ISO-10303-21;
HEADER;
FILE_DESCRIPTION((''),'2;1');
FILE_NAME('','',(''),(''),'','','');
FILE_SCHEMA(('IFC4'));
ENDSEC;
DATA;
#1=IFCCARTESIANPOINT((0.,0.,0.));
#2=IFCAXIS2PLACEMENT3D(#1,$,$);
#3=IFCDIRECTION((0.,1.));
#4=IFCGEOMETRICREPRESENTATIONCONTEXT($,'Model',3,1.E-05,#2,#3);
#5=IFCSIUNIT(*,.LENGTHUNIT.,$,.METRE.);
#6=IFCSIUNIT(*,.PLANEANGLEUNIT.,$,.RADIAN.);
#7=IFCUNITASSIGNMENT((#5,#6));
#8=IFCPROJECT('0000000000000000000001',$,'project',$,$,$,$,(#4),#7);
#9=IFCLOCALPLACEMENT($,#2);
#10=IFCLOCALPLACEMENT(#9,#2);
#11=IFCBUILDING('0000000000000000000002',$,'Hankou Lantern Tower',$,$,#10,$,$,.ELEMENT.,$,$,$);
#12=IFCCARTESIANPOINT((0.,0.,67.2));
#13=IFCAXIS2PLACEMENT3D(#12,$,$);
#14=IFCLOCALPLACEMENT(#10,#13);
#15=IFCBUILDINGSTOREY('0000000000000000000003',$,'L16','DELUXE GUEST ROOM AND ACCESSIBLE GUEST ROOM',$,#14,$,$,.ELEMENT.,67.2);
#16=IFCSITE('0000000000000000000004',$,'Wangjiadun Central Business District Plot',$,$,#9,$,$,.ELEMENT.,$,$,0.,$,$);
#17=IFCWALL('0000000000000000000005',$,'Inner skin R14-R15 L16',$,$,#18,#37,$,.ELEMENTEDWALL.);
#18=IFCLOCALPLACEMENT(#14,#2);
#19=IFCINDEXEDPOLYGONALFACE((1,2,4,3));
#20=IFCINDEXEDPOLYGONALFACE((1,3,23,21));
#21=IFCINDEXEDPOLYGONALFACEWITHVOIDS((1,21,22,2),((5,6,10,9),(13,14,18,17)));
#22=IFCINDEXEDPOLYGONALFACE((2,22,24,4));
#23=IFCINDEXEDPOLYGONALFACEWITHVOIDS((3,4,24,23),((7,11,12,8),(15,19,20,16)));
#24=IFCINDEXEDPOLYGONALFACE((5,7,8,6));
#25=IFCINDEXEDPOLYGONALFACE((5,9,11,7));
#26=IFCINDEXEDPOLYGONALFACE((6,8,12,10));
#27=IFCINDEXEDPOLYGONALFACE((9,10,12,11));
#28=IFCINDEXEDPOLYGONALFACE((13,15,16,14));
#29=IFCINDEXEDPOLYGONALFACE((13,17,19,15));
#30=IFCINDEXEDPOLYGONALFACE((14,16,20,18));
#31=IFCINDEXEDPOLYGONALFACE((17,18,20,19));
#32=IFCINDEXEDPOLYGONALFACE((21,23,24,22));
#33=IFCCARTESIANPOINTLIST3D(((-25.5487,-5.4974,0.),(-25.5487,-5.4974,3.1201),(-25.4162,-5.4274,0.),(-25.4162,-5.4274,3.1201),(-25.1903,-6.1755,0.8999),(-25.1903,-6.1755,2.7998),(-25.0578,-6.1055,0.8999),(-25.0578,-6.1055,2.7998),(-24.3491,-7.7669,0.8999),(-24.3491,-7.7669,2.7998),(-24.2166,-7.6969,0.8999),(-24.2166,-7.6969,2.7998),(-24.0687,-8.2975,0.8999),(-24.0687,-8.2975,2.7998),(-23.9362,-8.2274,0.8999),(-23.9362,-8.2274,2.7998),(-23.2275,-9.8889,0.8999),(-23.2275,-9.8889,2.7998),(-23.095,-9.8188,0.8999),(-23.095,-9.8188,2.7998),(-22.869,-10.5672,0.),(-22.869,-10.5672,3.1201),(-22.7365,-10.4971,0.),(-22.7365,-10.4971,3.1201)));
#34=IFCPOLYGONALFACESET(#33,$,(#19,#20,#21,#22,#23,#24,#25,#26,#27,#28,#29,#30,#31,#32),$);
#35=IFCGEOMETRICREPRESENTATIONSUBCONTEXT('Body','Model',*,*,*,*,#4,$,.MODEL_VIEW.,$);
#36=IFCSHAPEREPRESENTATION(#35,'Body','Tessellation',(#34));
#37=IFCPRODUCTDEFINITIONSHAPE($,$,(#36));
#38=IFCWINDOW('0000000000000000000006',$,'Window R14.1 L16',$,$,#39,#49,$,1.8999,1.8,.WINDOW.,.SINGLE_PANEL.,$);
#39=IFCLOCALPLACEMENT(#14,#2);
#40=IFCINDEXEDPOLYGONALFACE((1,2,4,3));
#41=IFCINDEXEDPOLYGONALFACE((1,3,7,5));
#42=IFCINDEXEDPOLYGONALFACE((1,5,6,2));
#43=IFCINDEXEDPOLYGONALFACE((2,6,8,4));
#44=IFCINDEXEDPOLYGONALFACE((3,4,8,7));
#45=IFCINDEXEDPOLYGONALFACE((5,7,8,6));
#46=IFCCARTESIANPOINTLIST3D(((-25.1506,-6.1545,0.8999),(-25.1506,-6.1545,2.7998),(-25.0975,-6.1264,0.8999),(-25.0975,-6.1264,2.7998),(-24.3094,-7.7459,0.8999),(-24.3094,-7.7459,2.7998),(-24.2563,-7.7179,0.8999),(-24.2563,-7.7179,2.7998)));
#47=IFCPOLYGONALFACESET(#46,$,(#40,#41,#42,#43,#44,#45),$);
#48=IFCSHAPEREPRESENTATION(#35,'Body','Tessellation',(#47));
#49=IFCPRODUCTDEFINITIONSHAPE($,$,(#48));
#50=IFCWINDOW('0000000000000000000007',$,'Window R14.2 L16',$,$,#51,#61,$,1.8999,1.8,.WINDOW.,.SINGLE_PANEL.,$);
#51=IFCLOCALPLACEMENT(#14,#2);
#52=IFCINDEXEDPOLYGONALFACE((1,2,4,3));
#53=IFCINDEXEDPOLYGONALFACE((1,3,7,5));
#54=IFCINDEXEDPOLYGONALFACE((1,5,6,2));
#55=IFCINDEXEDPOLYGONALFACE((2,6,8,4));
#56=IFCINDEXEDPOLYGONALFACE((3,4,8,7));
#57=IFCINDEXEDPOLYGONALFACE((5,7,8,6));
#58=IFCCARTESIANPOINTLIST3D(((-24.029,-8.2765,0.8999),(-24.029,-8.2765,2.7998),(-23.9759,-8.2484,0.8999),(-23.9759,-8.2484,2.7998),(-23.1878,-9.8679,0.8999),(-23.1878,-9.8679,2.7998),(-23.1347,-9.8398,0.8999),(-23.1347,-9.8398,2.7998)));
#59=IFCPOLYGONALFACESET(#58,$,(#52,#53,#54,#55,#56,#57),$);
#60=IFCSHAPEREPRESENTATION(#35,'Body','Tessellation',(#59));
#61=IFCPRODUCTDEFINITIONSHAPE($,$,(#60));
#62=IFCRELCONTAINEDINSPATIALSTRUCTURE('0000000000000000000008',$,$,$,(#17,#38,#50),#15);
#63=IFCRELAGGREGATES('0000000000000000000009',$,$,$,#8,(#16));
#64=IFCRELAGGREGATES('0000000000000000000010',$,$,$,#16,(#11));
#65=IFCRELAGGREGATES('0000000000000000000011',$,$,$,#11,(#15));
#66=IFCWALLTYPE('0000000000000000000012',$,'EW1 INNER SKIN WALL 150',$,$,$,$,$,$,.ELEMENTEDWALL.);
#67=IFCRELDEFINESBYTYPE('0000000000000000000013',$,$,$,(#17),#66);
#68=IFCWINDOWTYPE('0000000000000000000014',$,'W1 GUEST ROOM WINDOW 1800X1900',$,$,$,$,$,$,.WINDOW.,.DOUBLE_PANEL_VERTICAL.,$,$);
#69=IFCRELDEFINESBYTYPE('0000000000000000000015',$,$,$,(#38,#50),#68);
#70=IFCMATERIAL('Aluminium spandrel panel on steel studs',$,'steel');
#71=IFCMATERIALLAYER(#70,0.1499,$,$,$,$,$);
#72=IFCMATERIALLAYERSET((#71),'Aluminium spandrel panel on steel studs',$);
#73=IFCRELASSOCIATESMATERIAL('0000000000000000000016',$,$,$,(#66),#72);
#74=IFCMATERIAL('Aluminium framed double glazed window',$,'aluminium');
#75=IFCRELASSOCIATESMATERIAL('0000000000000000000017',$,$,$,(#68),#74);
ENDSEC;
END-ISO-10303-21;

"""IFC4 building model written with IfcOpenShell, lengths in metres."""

from ifc_helpers import new_model, si_unit, direction, frame, frame_2d, origin, place, context, subcontext, project, spatial, rectangle, extrude, material, layer, layer_set, type_object, element, fill, save


model = new_model("IFC4")

# Units and contexts
model_context = context("Model", 3, precision=1e-05, world=origin(), true_north=direction((0.0, 1.0)))
body_context = subcontext(model_context, "Body", "Model", "MODEL_VIEW")
ifc_project = project(units=[si_unit("LENGTHUNIT", "METRE"), si_unit("PLANEANGLEUNIT", "RADIAN")], contexts=[model_context])

# Site, building, storey
site_placement = place(None, origin())
site = spatial("IfcSite", under=ifc_project, at=site_placement, Name="Wangjiadun Central Business District Plot", CompositionType="ELEMENT", RefElevation=0.0)
building_placement = place(site_placement, origin())
building = spatial("IfcBuilding", under=site, at=building_placement, Name="Hankou Lantern Tower", CompositionType="ELEMENT")
storey_placement = place(building_placement, frame((0.0, 0.0, 67.2)))
storey = spatial("IfcBuildingStorey", under=building, at=storey_placement, Name="L16", Description="DELUXE GUEST ROOM AND ACCESSIBLE GUEST ROOM", CompositionType="ELEMENT", Elevation=67.2)

# Wall, openings, windows
ifc_material_1 = material(Name="Aluminium spandrel panel on steel studs", Category="steel")
ifc_layer_1 = layer(ifc_material_1, 0.1499)
ifc_layer_set_1 = layer_set([ifc_layer_1], Name="Aluminium spandrel panel on steel studs")
wall_type = type_object("IfcWallType", Name="EW1 INNER SKIN WALL 150", PredefinedType="ELEMENTEDWALL", material=ifc_layer_set_1)
ifc_material_2 = material(Name="Aluminium framed double glazed window", Category="aluminium")
window_type = type_object("IfcWindowType", Name="W1 GUEST ROOM WINDOW 1800X1900", PartitioningType="DOUBLE_PANEL_VERTICAL", PredefinedType="WINDOW", material=ifc_material_2)
wall_1_placement = place(storey_placement, frame((-25.4824, -5.4624, 0.0), z_axis=(0.0, 0.0, 1.0), x_axis=(0.467297, -0.8841, 0.0)))
wall_1 = element("IfcWall", 1, at=wall_1_placement, inside=storey, type_object=wall_type, Name="Inner skin R14-R15 L16", PredefinedType="ELEMENTEDWALL", context=body_context, shape_type="SweptSolid", body=[
    extrude(rectangle(XDim=5.7344, YDim=0.1499, at=frame_2d((2.8672, 0.0))), origin(), (0.0, 0.0, 1.0), 3.1201),
])
opening_1_placement = place(wall_1_placement, frame((0.7671, 0.0, 0.8999)))
opening_1 = element("IfcOpeningElement", 2, at=opening_1_placement, cuts=wall_1, PredefinedType="OPENING", context=body_context, shape_type="SweptSolid", body=[
    extrude(rectangle(XDim=1.8, YDim=1.8999, at=frame_2d((0.8999, 0.95))), frame((0.0, 0.085, 0.0), z_axis=(0.0, -1.0, 0.0), x_axis=(1.0, 0.0, 0.0)), (0.0, 0.0, 1.0), 0.1699),
])
opening_2_placement = place(wall_1_placement, frame((3.1672, 0.0, 0.8999)))
opening_2 = element("IfcOpeningElement", 3, at=opening_2_placement, cuts=wall_1, PredefinedType="OPENING", context=body_context, shape_type="SweptSolid", body=[
    extrude(rectangle(XDim=1.8, YDim=1.8999, at=frame_2d((0.8999, 0.95))), frame((0.0, 0.085, 0.0), z_axis=(0.0, -1.0, 0.0), x_axis=(1.0, 0.0, 0.0)), (0.0, 0.0, 1.0), 0.1699),
])
window_1_placement = place(opening_1_placement, origin())
window_1 = element("IfcWindow", 4, at=window_1_placement, inside=storey, type_object=window_type, Name="Window R14.1 L16", OverallHeight=1.8999, OverallWidth=1.8, PartitioningType="SINGLE_PANEL", PredefinedType="WINDOW", context=body_context, shape_type="SweptSolid", body=[
    extrude(rectangle(XDim=1.8, YDim=1.8999, at=frame_2d((0.8999, 0.95))), frame((0.0, 0.03, 0.0), z_axis=(0.0, -1.0, 0.0), x_axis=(1.0, 0.0, 0.0)), (0.0, 0.0, 1.0), 0.0601),
])
fill(opening_1, window_1)
window_2_placement = place(opening_2_placement, origin())
window_2 = element("IfcWindow", 5, at=window_2_placement, inside=storey, type_object=window_type, Name="Window R14.2 L16", OverallHeight=1.8999, OverallWidth=1.8, PartitioningType="SINGLE_PANEL", PredefinedType="WINDOW", context=body_context, shape_type="SweptSolid", body=[
    extrude(rectangle(XDim=1.8, YDim=1.8999, at=frame_2d((0.8999, 0.95))), frame((0.0, 0.03, 0.0), z_axis=(0.0, -1.0, 0.0), x_axis=(1.0, 0.0, 0.0)), (0.0, 0.0, 1.0), 0.0601),
])
fill(opening_2, window_2)

save(model, "model.ifc")
